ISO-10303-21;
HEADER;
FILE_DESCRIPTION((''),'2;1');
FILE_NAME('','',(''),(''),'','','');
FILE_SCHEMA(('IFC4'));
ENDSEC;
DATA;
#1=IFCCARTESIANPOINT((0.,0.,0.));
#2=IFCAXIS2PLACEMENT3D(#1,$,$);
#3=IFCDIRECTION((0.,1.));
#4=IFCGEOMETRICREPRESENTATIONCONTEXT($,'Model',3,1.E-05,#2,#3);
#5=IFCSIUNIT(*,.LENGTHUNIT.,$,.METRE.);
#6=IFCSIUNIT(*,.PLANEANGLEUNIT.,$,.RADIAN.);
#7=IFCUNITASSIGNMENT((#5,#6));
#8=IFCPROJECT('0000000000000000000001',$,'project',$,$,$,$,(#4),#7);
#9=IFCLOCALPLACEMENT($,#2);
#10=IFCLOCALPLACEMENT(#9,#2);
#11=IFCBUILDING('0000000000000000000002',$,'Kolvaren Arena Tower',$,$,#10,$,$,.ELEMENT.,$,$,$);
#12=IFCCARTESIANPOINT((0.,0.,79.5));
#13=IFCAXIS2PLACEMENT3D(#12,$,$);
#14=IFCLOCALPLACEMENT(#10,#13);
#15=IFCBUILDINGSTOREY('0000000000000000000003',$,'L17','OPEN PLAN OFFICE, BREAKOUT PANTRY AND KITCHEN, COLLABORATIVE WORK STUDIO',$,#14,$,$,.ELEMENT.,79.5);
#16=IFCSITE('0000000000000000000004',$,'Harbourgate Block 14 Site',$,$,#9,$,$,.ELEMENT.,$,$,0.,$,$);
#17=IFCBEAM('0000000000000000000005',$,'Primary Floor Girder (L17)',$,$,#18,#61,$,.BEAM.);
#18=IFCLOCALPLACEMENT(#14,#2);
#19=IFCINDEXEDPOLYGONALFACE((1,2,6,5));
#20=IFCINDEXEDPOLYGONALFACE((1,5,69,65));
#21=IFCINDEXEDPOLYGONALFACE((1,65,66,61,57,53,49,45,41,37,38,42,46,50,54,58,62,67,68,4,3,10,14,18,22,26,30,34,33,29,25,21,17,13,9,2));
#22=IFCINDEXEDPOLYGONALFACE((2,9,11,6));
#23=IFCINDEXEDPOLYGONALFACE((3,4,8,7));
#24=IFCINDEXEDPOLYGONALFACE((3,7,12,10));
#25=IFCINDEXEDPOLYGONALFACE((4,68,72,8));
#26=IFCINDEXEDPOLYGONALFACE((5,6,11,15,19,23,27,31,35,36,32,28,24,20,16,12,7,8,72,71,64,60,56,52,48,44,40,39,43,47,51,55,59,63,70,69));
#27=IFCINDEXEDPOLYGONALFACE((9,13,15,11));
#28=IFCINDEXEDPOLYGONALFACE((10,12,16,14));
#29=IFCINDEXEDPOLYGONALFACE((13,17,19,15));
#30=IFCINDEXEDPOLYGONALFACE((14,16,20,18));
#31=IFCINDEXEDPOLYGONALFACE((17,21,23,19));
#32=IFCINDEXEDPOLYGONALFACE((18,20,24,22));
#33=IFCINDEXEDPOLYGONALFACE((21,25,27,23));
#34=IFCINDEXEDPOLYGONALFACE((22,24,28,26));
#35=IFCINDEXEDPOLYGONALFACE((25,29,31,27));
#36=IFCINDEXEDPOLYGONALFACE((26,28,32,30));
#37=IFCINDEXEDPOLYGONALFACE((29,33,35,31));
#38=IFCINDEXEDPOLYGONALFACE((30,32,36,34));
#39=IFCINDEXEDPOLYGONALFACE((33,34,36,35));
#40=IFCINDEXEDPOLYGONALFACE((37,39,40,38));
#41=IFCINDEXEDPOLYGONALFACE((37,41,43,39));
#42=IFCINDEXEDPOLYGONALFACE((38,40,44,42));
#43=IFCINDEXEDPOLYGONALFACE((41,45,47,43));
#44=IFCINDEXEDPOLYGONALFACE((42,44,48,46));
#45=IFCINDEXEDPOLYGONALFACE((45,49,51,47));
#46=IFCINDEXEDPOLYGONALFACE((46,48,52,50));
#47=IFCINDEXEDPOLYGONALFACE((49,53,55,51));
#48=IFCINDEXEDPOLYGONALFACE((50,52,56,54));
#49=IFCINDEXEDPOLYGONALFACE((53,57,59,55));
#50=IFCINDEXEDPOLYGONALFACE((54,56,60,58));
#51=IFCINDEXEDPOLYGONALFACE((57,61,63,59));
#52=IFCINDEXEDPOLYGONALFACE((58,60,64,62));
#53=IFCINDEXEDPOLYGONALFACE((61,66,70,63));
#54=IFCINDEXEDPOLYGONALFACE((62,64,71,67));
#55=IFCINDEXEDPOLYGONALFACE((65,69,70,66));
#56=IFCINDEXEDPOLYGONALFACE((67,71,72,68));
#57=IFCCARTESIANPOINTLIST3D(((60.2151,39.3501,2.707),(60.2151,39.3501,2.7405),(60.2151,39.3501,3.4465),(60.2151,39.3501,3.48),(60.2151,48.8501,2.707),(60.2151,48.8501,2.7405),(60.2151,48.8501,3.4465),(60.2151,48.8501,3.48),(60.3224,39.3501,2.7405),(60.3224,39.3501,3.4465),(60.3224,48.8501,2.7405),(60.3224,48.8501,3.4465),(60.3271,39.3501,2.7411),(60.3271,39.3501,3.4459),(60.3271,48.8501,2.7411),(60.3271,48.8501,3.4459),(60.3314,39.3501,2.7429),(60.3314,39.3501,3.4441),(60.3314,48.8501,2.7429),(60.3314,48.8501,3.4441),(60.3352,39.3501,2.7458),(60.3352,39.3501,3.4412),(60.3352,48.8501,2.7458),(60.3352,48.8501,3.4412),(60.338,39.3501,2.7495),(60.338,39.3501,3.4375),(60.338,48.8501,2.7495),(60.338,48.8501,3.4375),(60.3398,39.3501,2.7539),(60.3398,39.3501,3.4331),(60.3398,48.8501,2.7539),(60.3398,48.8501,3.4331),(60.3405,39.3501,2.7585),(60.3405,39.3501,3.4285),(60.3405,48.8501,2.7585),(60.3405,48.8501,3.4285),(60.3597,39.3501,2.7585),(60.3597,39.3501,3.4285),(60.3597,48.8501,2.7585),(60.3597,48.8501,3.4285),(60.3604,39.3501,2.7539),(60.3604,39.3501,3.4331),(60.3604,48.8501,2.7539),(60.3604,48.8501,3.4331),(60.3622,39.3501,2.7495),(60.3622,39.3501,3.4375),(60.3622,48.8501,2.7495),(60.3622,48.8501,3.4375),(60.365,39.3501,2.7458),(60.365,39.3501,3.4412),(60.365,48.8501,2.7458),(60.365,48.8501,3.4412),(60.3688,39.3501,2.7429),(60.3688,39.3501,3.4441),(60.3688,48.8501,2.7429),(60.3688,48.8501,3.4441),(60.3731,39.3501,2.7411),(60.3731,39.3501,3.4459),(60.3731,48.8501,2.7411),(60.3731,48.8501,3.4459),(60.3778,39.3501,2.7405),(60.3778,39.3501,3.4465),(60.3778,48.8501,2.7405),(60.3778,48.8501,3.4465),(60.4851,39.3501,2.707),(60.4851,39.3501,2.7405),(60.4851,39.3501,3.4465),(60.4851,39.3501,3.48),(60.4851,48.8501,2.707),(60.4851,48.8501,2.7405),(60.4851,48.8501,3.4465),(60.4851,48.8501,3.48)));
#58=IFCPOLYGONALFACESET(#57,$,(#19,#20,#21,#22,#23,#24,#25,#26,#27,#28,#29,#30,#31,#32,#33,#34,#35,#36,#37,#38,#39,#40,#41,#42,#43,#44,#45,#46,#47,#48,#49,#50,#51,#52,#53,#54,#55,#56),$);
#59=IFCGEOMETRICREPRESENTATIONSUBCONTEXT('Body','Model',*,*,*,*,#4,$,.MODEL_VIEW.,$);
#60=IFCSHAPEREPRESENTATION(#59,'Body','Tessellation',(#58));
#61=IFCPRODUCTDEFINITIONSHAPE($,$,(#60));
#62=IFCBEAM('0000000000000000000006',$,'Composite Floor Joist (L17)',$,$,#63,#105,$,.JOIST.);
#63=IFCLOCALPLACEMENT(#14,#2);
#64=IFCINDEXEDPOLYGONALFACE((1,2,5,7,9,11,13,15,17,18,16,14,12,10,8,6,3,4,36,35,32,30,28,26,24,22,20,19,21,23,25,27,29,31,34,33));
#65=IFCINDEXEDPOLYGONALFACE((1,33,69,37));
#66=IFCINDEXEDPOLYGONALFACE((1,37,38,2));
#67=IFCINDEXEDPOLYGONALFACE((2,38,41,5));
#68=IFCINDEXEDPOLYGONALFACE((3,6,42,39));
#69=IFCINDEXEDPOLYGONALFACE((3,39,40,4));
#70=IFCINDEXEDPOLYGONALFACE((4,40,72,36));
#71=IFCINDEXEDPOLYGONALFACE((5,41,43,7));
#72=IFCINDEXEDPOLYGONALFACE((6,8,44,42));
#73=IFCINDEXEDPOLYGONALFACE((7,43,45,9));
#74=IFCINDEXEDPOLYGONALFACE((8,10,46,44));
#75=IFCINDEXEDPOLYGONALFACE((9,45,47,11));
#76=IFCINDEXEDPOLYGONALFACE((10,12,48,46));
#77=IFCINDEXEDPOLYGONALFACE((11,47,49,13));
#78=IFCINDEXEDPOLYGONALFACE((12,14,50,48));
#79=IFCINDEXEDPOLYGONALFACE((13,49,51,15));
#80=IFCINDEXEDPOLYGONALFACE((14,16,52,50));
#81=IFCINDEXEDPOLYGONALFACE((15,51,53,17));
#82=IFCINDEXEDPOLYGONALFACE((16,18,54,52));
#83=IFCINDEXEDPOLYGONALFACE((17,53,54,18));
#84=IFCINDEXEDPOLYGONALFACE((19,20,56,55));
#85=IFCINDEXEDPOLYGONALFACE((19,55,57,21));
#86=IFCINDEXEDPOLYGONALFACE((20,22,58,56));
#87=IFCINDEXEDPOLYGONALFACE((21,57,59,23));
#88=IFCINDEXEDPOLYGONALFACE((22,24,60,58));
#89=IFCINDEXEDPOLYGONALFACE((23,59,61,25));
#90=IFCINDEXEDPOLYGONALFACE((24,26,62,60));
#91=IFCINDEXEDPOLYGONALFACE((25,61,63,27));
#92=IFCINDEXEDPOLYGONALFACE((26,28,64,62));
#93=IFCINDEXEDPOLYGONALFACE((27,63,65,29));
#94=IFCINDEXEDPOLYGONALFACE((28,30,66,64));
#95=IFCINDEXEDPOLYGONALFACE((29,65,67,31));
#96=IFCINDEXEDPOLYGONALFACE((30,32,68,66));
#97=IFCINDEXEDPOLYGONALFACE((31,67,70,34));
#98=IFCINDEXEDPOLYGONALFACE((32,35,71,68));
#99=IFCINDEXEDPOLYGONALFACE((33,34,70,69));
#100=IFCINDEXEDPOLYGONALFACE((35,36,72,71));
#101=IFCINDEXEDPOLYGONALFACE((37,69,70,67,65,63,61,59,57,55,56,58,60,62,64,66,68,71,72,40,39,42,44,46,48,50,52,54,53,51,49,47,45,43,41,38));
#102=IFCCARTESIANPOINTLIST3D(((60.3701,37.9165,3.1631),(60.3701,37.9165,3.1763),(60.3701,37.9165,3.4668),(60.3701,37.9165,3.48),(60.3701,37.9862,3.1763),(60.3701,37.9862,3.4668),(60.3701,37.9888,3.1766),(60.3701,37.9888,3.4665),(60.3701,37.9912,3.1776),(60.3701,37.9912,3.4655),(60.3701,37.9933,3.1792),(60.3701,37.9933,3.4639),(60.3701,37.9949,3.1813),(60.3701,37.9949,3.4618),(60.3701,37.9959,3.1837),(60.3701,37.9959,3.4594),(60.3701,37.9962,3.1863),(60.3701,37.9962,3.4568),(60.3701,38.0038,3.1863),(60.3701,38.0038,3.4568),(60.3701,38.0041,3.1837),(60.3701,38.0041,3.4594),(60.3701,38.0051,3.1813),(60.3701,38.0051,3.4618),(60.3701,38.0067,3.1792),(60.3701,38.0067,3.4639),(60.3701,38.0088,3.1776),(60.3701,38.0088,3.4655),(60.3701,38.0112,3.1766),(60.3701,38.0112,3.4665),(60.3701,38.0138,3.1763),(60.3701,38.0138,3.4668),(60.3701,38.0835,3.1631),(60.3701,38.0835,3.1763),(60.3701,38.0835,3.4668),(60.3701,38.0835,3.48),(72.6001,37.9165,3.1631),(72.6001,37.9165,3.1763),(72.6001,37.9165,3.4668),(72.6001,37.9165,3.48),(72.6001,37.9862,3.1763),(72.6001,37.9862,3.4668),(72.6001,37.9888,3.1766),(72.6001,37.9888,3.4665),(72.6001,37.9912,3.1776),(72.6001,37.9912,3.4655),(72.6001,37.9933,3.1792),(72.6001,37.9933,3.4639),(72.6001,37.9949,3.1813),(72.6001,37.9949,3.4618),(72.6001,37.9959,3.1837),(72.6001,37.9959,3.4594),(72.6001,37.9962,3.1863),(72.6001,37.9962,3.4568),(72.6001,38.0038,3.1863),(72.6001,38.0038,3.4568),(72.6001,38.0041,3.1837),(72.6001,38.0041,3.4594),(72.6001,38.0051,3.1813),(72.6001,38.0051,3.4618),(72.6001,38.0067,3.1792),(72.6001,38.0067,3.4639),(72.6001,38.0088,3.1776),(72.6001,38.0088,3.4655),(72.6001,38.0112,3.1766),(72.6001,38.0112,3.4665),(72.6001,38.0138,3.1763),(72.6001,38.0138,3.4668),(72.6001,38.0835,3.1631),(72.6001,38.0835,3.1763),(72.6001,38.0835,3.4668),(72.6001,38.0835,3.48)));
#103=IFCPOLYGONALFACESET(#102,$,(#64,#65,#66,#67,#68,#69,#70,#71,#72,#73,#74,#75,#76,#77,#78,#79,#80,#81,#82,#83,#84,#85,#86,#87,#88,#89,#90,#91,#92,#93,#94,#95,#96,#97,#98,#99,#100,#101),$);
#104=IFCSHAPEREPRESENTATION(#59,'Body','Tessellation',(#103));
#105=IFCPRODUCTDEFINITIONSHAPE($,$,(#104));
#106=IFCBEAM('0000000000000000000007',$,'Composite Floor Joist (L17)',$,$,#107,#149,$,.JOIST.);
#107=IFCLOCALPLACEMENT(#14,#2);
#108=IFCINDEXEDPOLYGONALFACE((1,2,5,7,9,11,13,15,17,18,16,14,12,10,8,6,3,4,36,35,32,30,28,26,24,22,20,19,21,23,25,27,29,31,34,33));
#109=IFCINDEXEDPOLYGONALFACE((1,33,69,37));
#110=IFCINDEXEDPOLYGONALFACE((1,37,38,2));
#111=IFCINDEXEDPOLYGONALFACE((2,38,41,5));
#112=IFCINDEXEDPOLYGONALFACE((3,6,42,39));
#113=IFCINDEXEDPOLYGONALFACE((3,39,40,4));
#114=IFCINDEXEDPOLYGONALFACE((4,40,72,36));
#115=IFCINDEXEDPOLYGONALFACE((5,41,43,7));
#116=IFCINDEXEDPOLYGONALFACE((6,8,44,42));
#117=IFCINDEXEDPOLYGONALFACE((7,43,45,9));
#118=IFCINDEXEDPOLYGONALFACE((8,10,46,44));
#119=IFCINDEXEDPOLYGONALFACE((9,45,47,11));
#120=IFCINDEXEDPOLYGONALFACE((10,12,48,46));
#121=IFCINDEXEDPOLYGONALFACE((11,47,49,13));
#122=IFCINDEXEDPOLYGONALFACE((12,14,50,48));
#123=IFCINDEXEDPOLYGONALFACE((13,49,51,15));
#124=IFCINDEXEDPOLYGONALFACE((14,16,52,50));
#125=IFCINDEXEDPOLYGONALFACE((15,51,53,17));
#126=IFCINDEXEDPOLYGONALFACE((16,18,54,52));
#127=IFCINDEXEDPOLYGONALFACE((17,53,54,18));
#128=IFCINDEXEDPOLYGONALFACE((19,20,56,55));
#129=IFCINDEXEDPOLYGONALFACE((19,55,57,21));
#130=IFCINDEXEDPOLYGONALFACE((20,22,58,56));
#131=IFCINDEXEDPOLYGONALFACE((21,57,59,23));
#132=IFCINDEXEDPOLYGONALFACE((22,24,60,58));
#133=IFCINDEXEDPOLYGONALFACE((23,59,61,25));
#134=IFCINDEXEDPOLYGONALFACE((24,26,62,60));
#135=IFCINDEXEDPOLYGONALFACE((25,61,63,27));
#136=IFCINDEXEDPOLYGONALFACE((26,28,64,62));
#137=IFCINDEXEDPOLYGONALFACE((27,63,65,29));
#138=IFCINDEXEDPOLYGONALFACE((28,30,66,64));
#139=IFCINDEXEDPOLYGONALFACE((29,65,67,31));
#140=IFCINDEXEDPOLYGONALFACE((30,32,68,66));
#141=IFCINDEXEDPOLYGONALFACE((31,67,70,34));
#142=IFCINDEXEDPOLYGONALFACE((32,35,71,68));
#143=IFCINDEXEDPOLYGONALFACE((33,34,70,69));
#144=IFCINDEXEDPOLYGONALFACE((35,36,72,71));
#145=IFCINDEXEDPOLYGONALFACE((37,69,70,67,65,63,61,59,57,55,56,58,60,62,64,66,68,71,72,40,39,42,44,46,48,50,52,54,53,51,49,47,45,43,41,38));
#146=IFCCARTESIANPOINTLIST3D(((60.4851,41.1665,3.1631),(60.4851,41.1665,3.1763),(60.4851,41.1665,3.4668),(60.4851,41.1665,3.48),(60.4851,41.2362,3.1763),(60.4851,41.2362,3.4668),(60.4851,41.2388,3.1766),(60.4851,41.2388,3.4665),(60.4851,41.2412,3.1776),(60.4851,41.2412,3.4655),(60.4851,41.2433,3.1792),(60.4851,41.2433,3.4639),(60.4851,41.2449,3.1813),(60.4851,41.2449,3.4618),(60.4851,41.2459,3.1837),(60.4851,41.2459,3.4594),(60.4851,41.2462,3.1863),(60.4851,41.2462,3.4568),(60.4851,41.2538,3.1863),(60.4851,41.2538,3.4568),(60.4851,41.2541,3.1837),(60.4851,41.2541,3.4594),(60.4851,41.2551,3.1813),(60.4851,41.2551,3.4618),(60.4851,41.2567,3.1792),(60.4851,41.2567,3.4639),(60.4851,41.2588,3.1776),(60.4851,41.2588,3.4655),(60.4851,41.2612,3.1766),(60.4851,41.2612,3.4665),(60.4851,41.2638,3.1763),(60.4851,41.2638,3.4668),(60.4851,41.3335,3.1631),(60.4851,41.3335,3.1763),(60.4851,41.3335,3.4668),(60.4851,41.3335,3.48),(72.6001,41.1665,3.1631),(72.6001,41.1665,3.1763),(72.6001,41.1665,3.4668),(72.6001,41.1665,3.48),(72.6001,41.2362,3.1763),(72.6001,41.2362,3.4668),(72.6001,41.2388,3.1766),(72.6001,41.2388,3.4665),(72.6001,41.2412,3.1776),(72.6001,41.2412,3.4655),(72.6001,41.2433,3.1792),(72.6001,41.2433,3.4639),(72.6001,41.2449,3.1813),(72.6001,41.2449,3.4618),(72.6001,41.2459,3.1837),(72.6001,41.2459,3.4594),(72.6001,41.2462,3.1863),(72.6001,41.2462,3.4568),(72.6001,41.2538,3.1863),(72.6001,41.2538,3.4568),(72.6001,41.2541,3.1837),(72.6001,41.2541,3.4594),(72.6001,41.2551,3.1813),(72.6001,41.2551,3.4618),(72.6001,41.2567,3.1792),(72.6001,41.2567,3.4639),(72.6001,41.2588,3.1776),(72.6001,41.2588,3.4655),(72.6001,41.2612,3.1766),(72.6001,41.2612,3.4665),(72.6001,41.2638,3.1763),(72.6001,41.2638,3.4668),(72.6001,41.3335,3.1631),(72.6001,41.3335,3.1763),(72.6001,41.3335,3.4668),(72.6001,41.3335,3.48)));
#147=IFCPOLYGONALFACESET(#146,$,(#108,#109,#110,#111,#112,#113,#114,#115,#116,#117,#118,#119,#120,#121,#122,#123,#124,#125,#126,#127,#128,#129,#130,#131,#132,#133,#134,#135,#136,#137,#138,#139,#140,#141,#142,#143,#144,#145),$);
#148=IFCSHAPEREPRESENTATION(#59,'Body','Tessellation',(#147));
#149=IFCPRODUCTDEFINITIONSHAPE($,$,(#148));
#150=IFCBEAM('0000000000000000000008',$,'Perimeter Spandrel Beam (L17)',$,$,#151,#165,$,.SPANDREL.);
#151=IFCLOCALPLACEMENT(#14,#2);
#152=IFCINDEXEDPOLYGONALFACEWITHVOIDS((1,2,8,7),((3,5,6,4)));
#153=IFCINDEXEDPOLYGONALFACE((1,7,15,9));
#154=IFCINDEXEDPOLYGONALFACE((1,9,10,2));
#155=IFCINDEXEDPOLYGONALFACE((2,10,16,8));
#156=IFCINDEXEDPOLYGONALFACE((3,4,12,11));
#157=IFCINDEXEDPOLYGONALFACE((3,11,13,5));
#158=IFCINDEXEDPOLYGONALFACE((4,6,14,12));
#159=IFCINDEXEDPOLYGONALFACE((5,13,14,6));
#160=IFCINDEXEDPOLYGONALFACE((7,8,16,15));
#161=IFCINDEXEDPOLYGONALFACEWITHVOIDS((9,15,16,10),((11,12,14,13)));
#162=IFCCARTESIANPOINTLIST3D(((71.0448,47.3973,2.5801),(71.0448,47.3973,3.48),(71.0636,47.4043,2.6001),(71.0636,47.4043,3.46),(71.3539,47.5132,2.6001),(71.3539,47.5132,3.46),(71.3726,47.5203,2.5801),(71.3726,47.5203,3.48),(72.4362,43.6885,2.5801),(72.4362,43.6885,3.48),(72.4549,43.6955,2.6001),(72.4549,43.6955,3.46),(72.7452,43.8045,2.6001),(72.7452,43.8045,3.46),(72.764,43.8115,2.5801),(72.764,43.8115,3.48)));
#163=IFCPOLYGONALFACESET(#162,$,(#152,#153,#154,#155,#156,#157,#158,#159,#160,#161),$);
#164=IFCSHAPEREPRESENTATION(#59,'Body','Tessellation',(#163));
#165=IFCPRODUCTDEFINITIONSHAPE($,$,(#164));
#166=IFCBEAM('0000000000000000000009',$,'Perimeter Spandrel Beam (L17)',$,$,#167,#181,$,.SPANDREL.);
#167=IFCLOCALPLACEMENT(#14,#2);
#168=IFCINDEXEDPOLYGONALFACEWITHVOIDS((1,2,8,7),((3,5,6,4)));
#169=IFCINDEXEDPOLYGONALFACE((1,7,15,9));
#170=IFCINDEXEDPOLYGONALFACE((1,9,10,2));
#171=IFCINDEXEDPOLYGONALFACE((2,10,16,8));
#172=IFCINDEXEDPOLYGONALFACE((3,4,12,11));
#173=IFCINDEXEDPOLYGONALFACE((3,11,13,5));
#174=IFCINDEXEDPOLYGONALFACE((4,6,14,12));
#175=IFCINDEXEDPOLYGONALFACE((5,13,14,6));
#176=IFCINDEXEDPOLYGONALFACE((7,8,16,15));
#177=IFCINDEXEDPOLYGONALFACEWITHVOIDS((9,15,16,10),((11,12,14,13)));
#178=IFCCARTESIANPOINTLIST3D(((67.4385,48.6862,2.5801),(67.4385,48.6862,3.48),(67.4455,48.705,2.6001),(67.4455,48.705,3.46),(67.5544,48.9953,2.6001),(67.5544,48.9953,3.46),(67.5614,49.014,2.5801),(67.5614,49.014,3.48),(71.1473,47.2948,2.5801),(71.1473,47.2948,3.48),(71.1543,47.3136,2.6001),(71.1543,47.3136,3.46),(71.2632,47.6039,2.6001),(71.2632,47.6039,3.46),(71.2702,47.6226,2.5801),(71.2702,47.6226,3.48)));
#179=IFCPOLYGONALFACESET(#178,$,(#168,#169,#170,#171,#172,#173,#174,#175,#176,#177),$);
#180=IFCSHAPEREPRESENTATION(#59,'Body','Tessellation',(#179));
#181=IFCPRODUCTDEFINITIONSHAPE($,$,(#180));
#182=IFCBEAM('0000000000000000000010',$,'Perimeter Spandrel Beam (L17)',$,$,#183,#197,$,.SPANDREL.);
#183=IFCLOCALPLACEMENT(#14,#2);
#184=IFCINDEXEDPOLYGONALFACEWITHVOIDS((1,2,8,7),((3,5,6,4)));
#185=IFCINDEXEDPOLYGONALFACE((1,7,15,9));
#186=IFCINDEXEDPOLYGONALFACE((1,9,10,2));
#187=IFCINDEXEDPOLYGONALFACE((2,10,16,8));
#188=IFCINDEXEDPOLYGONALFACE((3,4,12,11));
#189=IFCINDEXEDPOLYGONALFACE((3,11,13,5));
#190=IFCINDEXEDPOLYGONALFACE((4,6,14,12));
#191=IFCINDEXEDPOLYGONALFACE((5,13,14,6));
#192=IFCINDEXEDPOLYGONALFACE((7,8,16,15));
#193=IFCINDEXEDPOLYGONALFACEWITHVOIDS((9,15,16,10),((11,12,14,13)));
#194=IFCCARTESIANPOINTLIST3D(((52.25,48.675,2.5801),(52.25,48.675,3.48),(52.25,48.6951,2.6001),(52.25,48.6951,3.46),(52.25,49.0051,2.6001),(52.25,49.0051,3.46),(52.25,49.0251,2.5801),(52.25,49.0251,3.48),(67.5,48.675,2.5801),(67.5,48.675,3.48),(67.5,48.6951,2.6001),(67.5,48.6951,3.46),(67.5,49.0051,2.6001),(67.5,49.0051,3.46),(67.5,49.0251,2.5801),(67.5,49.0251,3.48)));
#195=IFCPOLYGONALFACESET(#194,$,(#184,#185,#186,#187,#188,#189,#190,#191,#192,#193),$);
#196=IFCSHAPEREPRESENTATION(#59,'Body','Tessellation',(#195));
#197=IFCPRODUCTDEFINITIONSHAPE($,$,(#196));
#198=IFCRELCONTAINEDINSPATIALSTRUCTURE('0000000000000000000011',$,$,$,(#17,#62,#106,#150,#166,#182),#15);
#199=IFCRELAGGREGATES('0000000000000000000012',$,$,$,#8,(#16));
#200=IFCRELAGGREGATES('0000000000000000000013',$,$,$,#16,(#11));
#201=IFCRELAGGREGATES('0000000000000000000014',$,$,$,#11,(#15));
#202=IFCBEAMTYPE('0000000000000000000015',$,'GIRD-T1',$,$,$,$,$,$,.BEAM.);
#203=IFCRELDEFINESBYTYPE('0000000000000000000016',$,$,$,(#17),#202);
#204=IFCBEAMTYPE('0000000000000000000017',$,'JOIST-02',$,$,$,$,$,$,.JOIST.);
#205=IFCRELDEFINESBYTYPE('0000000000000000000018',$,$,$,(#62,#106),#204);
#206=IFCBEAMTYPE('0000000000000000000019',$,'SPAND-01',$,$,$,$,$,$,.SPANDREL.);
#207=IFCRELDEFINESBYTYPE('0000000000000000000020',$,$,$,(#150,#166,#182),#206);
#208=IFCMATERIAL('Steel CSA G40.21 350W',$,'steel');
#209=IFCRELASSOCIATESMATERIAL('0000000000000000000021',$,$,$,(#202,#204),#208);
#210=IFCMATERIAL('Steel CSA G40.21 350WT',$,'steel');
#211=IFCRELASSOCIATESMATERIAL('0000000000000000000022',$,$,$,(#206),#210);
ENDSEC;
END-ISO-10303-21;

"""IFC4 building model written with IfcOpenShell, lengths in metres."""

from ifc_helpers import new_model, si_unit, direction, frame, origin, origin_2d, place, context, subcontext, project, spatial, hollow_rectangle, i_section, extrude, material, material_profile, profile_set, type_object, element, save


model = new_model("IFC4")

# Units and contexts
model_context = context("Model", 3, precision=1e-05, world=origin(), true_north=direction((0.0, 1.0)))
body_context = subcontext(model_context, "Body", "Model", "MODEL_VIEW")
ifc_project = project(units=[si_unit("LENGTHUNIT", "METRE"), si_unit("PLANEANGLEUNIT", "RADIAN")], contexts=[model_context])

# Site, building, storey
site_placement = place(None, origin())
site = spatial("IfcSite", under=ifc_project, at=site_placement, Name="Harbourgate Block 14 Site", CompositionType="ELEMENT", RefElevation=0.0)
building_placement = place(site_placement, origin())
building = spatial("IfcBuilding", under=site, at=building_placement, Name="Kolvaren Arena Tower", CompositionType="ELEMENT")
storey_placement = place(building_placement, frame((0.0, 0.0, 79.5)))
storey = spatial("IfcBuildingStorey", under=building, at=storey_placement, Name="L17", Description="OPEN PLAN OFFICE, BREAKOUT PANTRY AND KITCHEN, COLLABORATIVE WORK STUDIO", CompositionType="ELEMENT", Elevation=79.5)

# Beams
ifc_material_1 = material(Name="Steel CSA G40.21 350W", Category="steel")
ifc_material_profile_1 = material_profile(ifc_material_1, i_section(OverallWidth=0.27, OverallDepth=0.7729, WebThickness=0.0193, FlangeThickness=0.0334, FilletRadius=0.0181, at=origin_2d()), Name="W760x257")
ifc_profile_set_1 = profile_set([ifc_material_profile_1], Name="Steel CSA G40.21 350W")
beam_type_1 = type_object("IfcBeamType", Name="GIRD-T1", PredefinedType="BEAM", material=ifc_profile_set_1)
beam_1_placement = place(storey_placement, frame((60.3501, 39.3501, 3.0935), z_axis=(0.0, 1.0, 0.0), x_axis=(-1.0, 0.0, 0.0)))
element("IfcBeam", 1, at=beam_1_placement, inside=storey, type_object=beam_type_1, Name="Primary Floor Girder (L17)", PredefinedType="BEAM", context=body_context, shape_type="SweptSolid", body=[
    extrude(i_section(OverallWidth=0.27, OverallDepth=0.7729, WebThickness=0.0193, FlangeThickness=0.0334, FilletRadius=0.0181, at=origin_2d()), origin(), (0.0, 0.0, 1.0), 9.5),
])
ifc_material_profile_2 = material_profile(ifc_material_1, i_section(OverallWidth=0.167, OverallDepth=0.3169, WebThickness=0.0076, FlangeThickness=0.0132, FilletRadius=0.01, at=origin_2d()), Name="W310x52")
ifc_profile_set_2 = profile_set([ifc_material_profile_2], Name="Steel CSA G40.21 350W")
beam_type_2 = type_object("IfcBeamType", Name="JOIST-02", PredefinedType="JOIST", material=ifc_profile_set_2)
beam_2_placement = place(storey_placement, frame((60.3701, 38.0, 3.3215), z_axis=(1.0, 0.0, 0.0), x_axis=(0.0, 1.0, 0.0)))
element("IfcBeam", 2, at=beam_2_placement, inside=storey, type_object=beam_type_2, Name="Composite Floor Joist (L17)", PredefinedType="JOIST", context=body_context, shape_type="SweptSolid", body=[
    extrude(i_section(OverallWidth=0.167, OverallDepth=0.3169, WebThickness=0.0076, FlangeThickness=0.0132, FilletRadius=0.01, at=origin_2d()), origin(), (0.0, 0.0, 1.0), 12.23),
])
beam_3_placement = place(storey_placement, frame((60.4851, 41.25, 3.3215), z_axis=(1.0, 0.0, 0.0), x_axis=(0.0, 1.0, 0.0)))
element("IfcBeam", 3, at=beam_3_placement, inside=storey, type_object=beam_type_2, Name="Composite Floor Joist (L17)", PredefinedType="JOIST", context=body_context, shape_type="SweptSolid", body=[
    extrude(i_section(OverallWidth=0.167, OverallDepth=0.3169, WebThickness=0.0076, FlangeThickness=0.0132, FilletRadius=0.01, at=origin_2d()), origin(), (0.0, 0.0, 1.0), 12.115),
])
ifc_material_2 = material(Name="Steel CSA G40.21 350WT", Category="steel")
ifc_material_profile_3 = material_profile(ifc_material_2, hollow_rectangle(XDim=0.3501, YDim=0.8999, WallThickness=0.02, at=origin_2d()), Name="HSS 900x350x20")
ifc_profile_set_3 = profile_set([ifc_material_profile_3], Name="Steel CSA G40.21 350WT")
beam_type_3 = type_object("IfcBeamType", Name="SPAND-01", PredefinedType="SPANDREL", material=ifc_profile_set_3)
for number, where, z_axis, x_axis, name in (
    (4, (72.6001, 43.75, 3.03), (-0.351252, 0.936281, 0.0), (-0.936281, -0.351252, 0.0), "Perimeter Spandrel Beam (L17)"),
    (5, (71.2087, 47.4587, 3.03), (-0.936281, 0.351252, 0.0), (-0.351252, -0.936281, 0.0), "Perimeter Spandrel Beam (L17)"),
):
    element("IfcBeam", number, at=place(storey_placement, frame(where, z_axis=z_axis, x_axis=x_axis)), inside=storey, type_object=beam_type_3, Name=name, PredefinedType="SPANDREL", context=body_context, shape_type="SweptSolid", body=[
        extrude(hollow_rectangle(XDim=0.3501, YDim=0.8999, WallThickness=0.02, at=origin_2d()), origin(), (0.0, 0.0, 1.0), 3.9612),
    ])
beam_4_placement = place(storey_placement, frame((67.5, 48.8501, 3.03), z_axis=(-1.0, 0.0, 0.0), x_axis=(0.0, -1.0, 0.0)))
element("IfcBeam", 6, at=beam_4_placement, inside=storey, type_object=beam_type_3, Name="Perimeter Spandrel Beam (L17)", PredefinedType="SPANDREL", context=body_context, shape_type="SweptSolid", body=[
    extrude(hollow_rectangle(XDim=0.3501, YDim=0.8999, WallThickness=0.02, at=origin_2d()), origin(), (0.0, 0.0, 1.0), 15.25),
])

save(model, "model.ifc")
